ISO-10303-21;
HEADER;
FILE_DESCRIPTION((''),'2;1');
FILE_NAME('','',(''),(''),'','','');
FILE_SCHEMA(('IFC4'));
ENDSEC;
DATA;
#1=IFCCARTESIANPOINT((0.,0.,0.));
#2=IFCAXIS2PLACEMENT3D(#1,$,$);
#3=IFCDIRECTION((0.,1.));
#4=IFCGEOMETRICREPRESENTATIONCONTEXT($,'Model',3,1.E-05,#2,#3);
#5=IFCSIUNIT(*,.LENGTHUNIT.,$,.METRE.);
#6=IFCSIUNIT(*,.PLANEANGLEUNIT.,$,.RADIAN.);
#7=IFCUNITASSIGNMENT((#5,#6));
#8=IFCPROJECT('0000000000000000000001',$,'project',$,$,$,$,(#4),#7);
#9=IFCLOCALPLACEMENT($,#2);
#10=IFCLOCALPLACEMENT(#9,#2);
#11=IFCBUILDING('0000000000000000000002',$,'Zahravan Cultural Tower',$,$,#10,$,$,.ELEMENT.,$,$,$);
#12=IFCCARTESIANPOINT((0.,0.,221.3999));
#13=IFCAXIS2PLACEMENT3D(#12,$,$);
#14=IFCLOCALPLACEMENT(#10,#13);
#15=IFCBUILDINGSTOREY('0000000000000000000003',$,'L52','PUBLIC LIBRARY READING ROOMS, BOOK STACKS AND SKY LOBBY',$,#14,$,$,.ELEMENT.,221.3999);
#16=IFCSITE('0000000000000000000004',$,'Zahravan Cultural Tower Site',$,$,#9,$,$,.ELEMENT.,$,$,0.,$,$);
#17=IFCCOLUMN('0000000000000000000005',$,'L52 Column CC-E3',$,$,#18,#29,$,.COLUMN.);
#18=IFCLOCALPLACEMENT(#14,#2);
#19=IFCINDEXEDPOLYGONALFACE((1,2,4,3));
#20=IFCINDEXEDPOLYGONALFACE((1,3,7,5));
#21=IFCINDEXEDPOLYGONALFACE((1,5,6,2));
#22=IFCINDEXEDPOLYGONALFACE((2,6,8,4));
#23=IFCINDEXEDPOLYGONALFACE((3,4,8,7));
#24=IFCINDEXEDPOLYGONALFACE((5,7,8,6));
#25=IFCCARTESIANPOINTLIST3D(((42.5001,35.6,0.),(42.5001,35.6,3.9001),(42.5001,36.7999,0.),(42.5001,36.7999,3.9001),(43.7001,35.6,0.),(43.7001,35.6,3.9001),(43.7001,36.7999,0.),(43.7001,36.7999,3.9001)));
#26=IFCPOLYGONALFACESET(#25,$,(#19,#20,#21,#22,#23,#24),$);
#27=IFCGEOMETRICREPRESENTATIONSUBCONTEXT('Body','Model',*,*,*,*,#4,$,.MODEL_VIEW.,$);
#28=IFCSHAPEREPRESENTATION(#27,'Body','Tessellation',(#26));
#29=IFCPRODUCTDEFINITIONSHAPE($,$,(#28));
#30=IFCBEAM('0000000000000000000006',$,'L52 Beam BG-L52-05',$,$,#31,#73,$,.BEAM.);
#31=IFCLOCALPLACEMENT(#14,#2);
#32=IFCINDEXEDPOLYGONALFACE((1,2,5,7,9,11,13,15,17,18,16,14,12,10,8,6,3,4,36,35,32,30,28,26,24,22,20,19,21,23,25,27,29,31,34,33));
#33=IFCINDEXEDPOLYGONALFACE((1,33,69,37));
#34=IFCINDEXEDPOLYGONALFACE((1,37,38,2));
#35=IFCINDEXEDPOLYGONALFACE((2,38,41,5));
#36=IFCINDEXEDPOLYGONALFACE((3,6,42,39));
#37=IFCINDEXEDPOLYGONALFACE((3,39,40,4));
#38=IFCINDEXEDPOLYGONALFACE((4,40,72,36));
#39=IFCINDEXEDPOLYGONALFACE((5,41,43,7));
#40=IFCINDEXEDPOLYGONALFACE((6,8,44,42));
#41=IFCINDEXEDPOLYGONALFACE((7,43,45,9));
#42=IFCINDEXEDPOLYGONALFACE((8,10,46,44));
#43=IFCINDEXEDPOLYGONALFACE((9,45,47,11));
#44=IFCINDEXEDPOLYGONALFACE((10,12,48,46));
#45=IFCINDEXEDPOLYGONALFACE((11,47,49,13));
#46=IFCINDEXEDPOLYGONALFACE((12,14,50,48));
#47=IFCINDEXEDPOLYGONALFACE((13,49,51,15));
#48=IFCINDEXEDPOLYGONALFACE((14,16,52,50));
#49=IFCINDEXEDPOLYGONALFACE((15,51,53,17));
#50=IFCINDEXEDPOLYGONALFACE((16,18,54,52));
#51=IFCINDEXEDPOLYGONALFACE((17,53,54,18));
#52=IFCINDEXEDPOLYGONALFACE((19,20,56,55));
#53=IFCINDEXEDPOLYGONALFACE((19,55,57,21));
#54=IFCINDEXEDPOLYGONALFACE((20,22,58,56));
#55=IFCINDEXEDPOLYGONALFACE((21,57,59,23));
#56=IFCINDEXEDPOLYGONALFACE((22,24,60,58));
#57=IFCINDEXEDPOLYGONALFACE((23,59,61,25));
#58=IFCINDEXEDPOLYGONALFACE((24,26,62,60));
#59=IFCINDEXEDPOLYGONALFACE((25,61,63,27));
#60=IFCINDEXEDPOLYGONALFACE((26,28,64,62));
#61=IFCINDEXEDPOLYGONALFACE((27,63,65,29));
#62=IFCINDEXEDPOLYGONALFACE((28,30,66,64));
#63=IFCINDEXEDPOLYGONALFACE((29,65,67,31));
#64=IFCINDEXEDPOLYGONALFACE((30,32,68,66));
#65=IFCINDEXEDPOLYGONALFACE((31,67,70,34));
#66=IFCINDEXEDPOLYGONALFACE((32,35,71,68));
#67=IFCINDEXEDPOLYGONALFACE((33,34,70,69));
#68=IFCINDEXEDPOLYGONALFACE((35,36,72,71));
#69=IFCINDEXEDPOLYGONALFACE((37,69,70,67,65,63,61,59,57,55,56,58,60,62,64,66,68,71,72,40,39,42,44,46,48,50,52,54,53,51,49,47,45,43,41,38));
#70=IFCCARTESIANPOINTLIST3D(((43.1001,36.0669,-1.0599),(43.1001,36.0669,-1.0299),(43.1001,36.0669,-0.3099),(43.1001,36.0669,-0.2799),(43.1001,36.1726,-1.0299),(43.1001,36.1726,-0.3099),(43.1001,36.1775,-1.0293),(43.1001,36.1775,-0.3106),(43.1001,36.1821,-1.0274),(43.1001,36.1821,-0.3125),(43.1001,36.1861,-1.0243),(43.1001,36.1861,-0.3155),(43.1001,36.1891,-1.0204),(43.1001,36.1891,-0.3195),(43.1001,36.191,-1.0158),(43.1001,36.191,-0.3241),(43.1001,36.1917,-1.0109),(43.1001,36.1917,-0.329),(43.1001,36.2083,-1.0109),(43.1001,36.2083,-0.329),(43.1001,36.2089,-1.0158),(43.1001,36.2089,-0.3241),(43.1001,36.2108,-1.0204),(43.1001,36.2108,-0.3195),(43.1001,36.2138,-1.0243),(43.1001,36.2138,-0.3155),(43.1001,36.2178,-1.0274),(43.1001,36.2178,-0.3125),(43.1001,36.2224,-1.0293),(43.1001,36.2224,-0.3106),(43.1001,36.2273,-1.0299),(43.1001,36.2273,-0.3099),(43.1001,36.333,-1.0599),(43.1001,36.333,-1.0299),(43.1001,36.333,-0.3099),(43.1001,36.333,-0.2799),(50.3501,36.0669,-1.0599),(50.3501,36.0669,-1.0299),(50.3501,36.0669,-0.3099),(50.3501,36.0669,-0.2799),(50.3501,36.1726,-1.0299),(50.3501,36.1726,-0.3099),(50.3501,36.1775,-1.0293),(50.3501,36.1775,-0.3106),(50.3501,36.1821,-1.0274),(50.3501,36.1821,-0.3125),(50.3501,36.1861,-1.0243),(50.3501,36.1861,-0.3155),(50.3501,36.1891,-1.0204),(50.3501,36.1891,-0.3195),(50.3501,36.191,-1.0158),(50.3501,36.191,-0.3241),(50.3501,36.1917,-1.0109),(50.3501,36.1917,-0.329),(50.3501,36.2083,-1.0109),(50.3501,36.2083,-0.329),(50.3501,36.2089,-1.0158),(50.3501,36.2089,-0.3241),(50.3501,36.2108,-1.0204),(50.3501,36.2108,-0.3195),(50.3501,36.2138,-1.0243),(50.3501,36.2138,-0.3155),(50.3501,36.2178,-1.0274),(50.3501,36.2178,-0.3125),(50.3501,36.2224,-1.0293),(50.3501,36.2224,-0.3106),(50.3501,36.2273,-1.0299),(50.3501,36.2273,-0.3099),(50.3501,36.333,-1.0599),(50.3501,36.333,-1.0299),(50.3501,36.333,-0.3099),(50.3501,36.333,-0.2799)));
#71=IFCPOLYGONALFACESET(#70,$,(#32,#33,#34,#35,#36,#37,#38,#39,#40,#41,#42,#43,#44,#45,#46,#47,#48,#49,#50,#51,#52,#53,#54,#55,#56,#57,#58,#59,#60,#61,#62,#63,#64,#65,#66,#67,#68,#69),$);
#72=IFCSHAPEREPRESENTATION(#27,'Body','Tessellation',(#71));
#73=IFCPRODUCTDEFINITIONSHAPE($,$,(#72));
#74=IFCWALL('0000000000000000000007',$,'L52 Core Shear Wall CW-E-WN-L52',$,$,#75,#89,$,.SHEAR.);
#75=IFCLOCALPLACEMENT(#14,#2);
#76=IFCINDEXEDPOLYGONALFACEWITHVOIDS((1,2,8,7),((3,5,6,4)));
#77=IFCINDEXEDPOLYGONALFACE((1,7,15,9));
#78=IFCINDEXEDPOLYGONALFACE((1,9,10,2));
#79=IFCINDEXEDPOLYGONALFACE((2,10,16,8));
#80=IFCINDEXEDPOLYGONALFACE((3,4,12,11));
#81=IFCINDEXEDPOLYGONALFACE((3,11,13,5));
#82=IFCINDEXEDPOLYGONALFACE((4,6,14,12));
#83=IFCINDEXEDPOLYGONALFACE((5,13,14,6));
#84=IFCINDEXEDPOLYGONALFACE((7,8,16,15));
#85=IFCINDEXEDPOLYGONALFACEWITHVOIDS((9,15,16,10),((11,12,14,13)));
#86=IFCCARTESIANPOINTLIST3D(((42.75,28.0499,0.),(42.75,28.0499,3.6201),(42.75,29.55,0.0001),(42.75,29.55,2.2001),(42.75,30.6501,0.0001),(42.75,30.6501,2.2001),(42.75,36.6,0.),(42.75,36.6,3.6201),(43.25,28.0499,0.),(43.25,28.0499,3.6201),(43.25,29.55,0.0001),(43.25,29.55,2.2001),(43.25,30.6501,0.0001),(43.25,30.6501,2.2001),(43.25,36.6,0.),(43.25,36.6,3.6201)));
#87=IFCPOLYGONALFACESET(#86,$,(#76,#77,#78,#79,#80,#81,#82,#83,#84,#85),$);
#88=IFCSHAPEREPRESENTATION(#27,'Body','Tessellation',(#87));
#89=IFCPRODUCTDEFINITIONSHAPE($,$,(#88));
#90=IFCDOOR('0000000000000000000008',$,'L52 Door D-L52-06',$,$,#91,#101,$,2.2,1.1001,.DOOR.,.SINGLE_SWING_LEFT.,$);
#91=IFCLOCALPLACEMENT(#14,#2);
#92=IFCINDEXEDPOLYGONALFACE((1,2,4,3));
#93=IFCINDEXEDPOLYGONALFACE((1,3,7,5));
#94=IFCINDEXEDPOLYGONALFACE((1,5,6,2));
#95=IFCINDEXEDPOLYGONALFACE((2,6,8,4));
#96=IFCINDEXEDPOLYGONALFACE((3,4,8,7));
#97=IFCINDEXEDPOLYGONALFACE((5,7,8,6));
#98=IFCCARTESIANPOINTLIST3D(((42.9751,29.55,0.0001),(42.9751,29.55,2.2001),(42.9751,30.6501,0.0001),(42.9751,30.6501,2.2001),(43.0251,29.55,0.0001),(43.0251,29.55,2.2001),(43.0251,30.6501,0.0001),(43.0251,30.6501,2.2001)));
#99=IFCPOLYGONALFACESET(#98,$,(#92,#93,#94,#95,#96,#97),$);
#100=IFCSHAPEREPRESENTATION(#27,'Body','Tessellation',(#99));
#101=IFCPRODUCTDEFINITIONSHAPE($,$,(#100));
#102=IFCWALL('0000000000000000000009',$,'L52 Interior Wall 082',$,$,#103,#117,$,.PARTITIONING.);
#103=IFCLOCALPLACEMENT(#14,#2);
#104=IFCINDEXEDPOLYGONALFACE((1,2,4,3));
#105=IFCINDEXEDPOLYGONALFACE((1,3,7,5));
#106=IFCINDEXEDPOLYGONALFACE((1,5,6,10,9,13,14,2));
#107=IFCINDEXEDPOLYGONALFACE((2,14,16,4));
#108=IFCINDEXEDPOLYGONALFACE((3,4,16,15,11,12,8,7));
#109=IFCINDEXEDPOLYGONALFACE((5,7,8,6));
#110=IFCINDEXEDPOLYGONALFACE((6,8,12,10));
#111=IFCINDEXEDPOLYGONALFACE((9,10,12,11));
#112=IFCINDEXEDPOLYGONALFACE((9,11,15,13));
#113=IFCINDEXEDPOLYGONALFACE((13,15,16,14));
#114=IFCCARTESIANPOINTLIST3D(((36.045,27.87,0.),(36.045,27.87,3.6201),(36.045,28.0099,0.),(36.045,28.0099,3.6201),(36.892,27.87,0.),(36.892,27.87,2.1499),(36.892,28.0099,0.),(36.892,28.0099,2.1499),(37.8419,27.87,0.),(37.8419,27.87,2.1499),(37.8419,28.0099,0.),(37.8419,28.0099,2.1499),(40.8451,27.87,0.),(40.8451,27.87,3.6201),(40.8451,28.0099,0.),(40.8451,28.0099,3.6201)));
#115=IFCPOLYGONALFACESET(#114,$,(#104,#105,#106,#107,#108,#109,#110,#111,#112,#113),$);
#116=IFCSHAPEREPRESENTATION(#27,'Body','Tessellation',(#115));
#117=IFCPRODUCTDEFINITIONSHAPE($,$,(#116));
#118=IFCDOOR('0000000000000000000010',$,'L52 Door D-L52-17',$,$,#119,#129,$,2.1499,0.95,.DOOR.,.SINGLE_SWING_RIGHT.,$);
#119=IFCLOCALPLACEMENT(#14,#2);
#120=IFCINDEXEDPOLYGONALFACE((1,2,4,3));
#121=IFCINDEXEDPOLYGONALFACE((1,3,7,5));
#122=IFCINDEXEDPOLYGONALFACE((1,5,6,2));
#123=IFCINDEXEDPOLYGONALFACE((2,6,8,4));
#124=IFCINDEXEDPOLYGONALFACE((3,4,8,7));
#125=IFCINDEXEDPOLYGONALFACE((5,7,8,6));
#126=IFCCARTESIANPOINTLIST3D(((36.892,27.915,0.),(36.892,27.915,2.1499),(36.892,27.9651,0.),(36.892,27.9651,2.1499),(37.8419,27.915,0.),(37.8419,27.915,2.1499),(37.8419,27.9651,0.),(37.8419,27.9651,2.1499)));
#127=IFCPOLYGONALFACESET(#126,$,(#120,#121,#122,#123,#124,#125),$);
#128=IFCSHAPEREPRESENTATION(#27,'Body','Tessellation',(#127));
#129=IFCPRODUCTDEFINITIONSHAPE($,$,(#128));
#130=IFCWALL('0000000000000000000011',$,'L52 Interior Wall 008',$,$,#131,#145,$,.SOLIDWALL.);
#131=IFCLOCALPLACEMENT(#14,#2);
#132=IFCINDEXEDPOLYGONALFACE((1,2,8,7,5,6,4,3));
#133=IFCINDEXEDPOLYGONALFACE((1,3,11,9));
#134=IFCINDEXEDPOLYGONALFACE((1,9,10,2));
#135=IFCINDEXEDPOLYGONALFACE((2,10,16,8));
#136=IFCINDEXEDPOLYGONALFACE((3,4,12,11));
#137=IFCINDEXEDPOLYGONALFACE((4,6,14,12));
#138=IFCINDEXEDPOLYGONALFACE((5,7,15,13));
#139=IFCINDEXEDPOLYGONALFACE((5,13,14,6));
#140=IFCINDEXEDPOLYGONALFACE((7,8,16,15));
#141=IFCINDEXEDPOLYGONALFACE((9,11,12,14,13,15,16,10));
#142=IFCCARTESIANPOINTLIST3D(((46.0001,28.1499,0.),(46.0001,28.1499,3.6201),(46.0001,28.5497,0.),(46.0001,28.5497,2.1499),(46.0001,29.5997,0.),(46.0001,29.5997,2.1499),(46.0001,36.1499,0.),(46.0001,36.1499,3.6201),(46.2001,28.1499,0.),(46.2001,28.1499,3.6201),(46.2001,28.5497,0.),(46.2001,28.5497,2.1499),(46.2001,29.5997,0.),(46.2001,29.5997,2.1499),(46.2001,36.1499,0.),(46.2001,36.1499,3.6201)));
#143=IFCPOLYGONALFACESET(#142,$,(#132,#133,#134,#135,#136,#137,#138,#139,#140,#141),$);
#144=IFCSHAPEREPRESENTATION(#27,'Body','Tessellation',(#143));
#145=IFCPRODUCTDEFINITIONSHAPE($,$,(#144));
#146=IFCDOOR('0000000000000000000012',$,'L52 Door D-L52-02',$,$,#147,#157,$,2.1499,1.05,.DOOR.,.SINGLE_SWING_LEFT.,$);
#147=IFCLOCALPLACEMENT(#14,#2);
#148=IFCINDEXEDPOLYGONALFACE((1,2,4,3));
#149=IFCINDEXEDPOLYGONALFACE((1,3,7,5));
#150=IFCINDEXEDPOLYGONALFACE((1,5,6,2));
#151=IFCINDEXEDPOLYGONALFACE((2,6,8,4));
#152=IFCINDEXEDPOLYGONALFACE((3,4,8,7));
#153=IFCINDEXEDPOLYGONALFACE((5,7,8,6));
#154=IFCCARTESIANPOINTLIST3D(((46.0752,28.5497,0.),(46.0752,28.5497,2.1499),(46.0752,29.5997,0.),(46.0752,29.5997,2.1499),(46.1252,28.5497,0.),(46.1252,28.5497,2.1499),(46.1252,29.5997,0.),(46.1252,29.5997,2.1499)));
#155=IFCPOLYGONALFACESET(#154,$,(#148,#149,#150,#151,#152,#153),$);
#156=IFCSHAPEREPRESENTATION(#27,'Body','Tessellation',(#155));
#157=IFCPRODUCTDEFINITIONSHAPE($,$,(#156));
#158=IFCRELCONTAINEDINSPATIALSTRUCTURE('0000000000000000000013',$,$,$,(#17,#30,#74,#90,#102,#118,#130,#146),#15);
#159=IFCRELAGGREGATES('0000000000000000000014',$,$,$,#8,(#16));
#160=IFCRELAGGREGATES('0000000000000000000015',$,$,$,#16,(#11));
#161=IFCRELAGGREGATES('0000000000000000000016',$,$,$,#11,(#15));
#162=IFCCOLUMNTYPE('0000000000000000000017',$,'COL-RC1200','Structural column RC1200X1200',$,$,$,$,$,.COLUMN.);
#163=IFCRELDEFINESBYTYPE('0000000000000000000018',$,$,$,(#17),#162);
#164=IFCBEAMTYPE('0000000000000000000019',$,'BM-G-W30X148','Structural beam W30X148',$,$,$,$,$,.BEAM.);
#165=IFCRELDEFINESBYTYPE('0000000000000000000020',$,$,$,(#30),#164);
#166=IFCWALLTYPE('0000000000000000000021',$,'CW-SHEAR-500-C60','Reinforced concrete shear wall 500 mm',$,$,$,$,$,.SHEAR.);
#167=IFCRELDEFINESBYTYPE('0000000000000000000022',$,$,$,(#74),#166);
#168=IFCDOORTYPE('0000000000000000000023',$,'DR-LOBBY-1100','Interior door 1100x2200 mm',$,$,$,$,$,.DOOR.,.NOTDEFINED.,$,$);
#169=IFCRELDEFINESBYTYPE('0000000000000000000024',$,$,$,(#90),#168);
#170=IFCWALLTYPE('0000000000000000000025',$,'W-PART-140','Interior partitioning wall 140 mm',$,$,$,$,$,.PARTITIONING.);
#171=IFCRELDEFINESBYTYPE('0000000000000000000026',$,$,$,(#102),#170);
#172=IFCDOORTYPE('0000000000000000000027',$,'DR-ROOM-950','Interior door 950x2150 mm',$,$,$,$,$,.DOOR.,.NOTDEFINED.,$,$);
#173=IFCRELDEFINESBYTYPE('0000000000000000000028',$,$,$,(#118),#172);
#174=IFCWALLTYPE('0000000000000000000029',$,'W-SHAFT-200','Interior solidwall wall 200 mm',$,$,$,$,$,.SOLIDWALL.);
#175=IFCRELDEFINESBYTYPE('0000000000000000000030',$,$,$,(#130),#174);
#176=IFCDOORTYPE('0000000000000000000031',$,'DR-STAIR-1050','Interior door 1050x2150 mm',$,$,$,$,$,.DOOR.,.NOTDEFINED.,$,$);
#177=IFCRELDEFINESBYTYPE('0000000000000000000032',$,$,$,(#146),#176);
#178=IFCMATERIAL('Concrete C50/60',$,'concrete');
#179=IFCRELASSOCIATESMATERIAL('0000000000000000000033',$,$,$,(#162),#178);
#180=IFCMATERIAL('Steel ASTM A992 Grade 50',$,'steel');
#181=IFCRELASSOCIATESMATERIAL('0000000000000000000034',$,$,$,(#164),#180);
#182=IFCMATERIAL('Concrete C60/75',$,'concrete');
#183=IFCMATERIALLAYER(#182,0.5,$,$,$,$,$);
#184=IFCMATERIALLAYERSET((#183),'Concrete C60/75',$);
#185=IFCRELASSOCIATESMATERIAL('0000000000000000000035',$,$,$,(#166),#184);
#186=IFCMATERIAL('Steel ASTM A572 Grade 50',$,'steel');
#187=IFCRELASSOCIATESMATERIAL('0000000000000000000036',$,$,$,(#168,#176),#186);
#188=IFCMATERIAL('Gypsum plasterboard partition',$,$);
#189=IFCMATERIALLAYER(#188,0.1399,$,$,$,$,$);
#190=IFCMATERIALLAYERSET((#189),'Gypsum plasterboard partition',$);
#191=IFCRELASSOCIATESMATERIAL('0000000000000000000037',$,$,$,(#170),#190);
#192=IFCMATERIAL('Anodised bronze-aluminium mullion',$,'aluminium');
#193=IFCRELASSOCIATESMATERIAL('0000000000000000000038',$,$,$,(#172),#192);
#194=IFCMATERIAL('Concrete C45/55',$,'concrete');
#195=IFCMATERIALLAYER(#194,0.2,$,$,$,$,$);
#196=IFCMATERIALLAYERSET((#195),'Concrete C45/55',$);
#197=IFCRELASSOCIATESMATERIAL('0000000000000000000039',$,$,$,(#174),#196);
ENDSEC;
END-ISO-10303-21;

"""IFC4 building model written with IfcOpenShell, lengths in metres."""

from ifc_helpers import new_model, si_unit, direction, frame, frame_2d, origin, origin_2d, place, context, subcontext, project, spatial, rectangle, i_section, extrude, source, transform, mapped, material, layer, layer_set, material_profile, profile_set, type_object, element, fill, save


model = new_model("IFC4")

# Units and contexts
model_context = context("Model", 3, precision=1e-05, world=origin(), true_north=direction((0.0, 1.0)))
body_context = subcontext(model_context, "Body", "Model", "MODEL_VIEW")
ifc_project = project(units=[si_unit("LENGTHUNIT", "METRE"), si_unit("PLANEANGLEUNIT", "RADIAN")], contexts=[model_context])

# Site, building, storey
site_placement = place(None, origin())
site = spatial("IfcSite", under=ifc_project, at=site_placement, Name="Zahravan Cultural Tower Site", CompositionType="ELEMENT", RefElevation=0.0)
building_placement = place(site_placement, origin())
building = spatial("IfcBuilding", under=site, at=building_placement, Name="Zahravan Cultural Tower", CompositionType="ELEMENT")
storey_placement = place(building_placement, frame((0.0, 0.0, 221.3999)))
storey = spatial("IfcBuildingStorey", under=building, at=storey_placement, Name="L52", Description="PUBLIC LIBRARY READING ROOMS, BOOK STACKS AND SKY LOBBY", CompositionType="ELEMENT", Elevation=221.3999)

# Column
ifc_material_1 = material(Name="Concrete C50/60", Category="concrete")
ifc_material_profile_1 = material_profile(ifc_material_1, rectangle(XDim=1.2, YDim=1.2, at=origin_2d()), Name="RC1200X1200")
ifc_profile_set_1 = profile_set([ifc_material_profile_1], Name="Concrete C50/60")
column_type = type_object("IfcColumnType", Name="COL-RC1200", Description="Structural column RC1200X1200", PredefinedType="COLUMN", material=ifc_profile_set_1)
shared_shape_1 = source(origin(), body_context, "Body", "SweptSolid", [
    extrude(rectangle(XDim=1.2, YDim=1.2, at=origin_2d()), origin(), (0.0, 0.0, 1.0), 3.9001),
])
column_placement = place(storey_placement, frame((43.1001, 36.2, 0.0), z_axis=(0.0, 0.0, 1.0), x_axis=(1.0, 0.0, 0.0)))
element("IfcColumn", 1, at=column_placement, inside=storey, type_object=column_type, Name="L52 Column CC-E3", PredefinedType="COLUMN", context=body_context, shape_type="MappedRepresentation", body=[
    mapped(shared_shape_1, transform((0.0, 0.0, 0.0), x_axis=(1.0, 0.0, 0.0), y_axis=(0.0, 1.0, 0.0), z_axis=(0.0, 0.0, 1.0), scale=1.0)),
])

# Beam
ifc_material_2 = material(Name="Steel ASTM A992 Grade 50", Category="steel")
ifc_material_profile_2 = material_profile(ifc_material_2, i_section(OverallWidth=0.2661, OverallDepth=0.78, WebThickness=0.0166, FlangeThickness=0.03, FilletRadius=0.019, at=origin_2d()), Name="W30X148")
ifc_profile_set_2 = profile_set([ifc_material_profile_2], Name="Steel ASTM A992 Grade 50")
beam_type = type_object("IfcBeamType", Name="BM-G-W30X148", Description="Structural beam W30X148", PredefinedType="BEAM", material=ifc_profile_set_2)
shared_shape_2 = source(origin(), body_context, "Body", "SweptSolid", [
    extrude(i_section(OverallWidth=0.2661, OverallDepth=0.78, WebThickness=0.0166, FlangeThickness=0.03, FilletRadius=0.019, at=origin_2d()), origin(), (0.0, 0.0, 1.0), 7.25),
])
beam_placement = place(storey_placement, frame((43.1001, 36.2, -0.6699), z_axis=(1.0, 0.0, 0.0), x_axis=(0.0, 1.0, 0.0)))
element("IfcBeam", 2, at=beam_placement, inside=storey, type_object=beam_type, Name="L52 Beam BG-L52-05", PredefinedType="BEAM", context=body_context, shape_type="MappedRepresentation", body=[
    mapped(shared_shape_2, transform((0.0, 0.0, 0.0), x_axis=(1.0, 0.0, 0.0), y_axis=(0.0, 1.0, 0.0), z_axis=(0.0, 0.0, 1.0), scale=1.0)),
])

# Walls, openings, doors
ifc_material_3 = material(Name="Concrete C60/75", Category="concrete")
ifc_layer_1 = layer(ifc_material_3, 0.5)
ifc_layer_set_1 = layer_set([ifc_layer_1], Name="Concrete C60/75")
wall_type_1 = type_object("IfcWallType", Name="CW-SHEAR-500-C60", Description="Reinforced concrete shear wall 500 mm", PredefinedType="SHEAR", material=ifc_layer_set_1)
wall_1_placement = place(storey_placement, frame((43.0, 28.05, 0.0), z_axis=(0.0, 0.0, 1.0), x_axis=(0.0, 1.0, 0.0)))
wall_1 = element("IfcWall", 3, at=wall_1_placement, inside=storey, type_object=wall_type_1, Name="L52 Core Shear Wall CW-E-WN-L52", PredefinedType="SHEAR", context=body_context, shape_type="SweptSolid", body=[
    extrude(rectangle(XDim=8.55, YDim=0.5, at=frame_2d((4.2749, 0.0))), origin(), (0.0, 0.0, 1.0), 3.6201),
])
opening_1_placement = place(wall_1_placement, frame((1.5, 0.0, 0.0)))
opening_1 = element("IfcOpeningElement", 4, at=opening_1_placement, cuts=wall_1, PredefinedType="OPENING", context=body_context, shape_type="SweptSolid", body=[
    extrude(rectangle(XDim=1.1001, YDim=2.2, at=frame_2d((0.55, 1.1001))), frame((0.0, 0.26, 0.0), z_axis=(0.0, -1.0, 0.0), x_axis=(1.0, 0.0, 0.0)), (0.0, 0.0, 1.0), 0.52),
])
ifc_material_4 = material(Name="Steel ASTM A572 Grade 50", Category="steel")
door_type_1 = type_object("IfcDoorType", Name="DR-LOBBY-1100", Description="Interior door 1100x2200 mm", OperationType="NOTDEFINED", PredefinedType="DOOR", material=ifc_material_4)
shared_shape_3 = source(origin(), body_context, "Body", "SweptSolid", [
    extrude(rectangle(XDim=1.1001, YDim=2.2, at=frame_2d((0.55, 1.1001))), frame((0.0, 0.0249, 0.0), z_axis=(0.0, -1.0, 0.0), x_axis=(1.0, 0.0, 0.0)), (0.0, 0.0, 1.0), 0.05),
])
door_1_placement = place(opening_1_placement, origin())
door_1 = element("IfcDoor", 5, at=door_1_placement, inside=storey, type_object=door_type_1, Name="L52 Door D-L52-06", OperationType="SINGLE_SWING_LEFT", OverallHeight=2.2, OverallWidth=1.1001, PredefinedType="DOOR", context=body_context, shape_type="MappedRepresentation", body=[
    mapped(shared_shape_3, transform((0.0, 0.0, 0.0), x_axis=(1.0, 0.0, 0.0), y_axis=(0.0, 1.0, 0.0), z_axis=(0.0, 0.0, 1.0), scale=1.0)),
])
fill(opening_1, door_1)
ifc_material_5 = material(Name="Gypsum plasterboard partition")
ifc_layer_2 = layer(ifc_material_5, 0.1399)
ifc_layer_set_2 = layer_set([ifc_layer_2], Name="Gypsum plasterboard partition")
wall_type_2 = type_object("IfcWallType", Name="W-PART-140", Description="Interior partitioning wall 140 mm", PredefinedType="PARTITIONING", material=ifc_layer_set_2)
wall_2_placement = place(storey_placement, frame((40.845, 27.9399, 0.0), z_axis=(0.0, 0.0, 1.0), x_axis=(-1.0, 0.0, 0.0)))
wall_2 = element("IfcWall", 6, at=wall_2_placement, inside=storey, type_object=wall_type_2, Name="L52 Interior Wall 082", PredefinedType="PARTITIONING", context=body_context, shape_type="SweptSolid", body=[
    extrude(rectangle(XDim=4.8, YDim=0.1399, at=frame_2d((2.3999, 0.0))), origin(), (0.0, 0.0, 1.0), 3.6201),
])
opening_2_placement = place(wall_2_placement, frame((3.0029, 0.0, 0.0)))
opening_2 = element("IfcOpeningElement", 7, at=opening_2_placement, cuts=wall_2, PredefinedType="OPENING", context=body_context, shape_type="SweptSolid", body=[
    extrude(rectangle(XDim=0.95, YDim=2.1499, at=frame_2d((0.4751, 1.075))), frame((0.0, 0.0798, 0.0), z_axis=(0.0, -1.0, 0.0), x_axis=(1.0, 0.0, 0.0)), (0.0, 0.0, 1.0), 0.1599),
])
ifc_material_6 = material(Name="Anodised bronze-aluminium mullion", Category="aluminium")
door_type_2 = type_object("IfcDoorType", Name="DR-ROOM-950", Description="Interior door 950x2150 mm", OperationType="NOTDEFINED", PredefinedType="DOOR", material=ifc_material_6)
shared_shape_4 = source(origin(), body_context, "Body", "SweptSolid", [
    extrude(rectangle(XDim=0.95, YDim=2.1499, at=frame_2d((0.4751, 1.075))), frame((0.0, 0.0249, 0.0), z_axis=(0.0, -1.0, 0.0), x_axis=(1.0, 0.0, 0.0)), (0.0, 0.0, 1.0), 0.05),
])
door_2_placement = place(opening_2_placement, origin())
door_2 = element("IfcDoor", 8, at=door_2_placement, inside=storey, type_object=door_type_2, Name="L52 Door D-L52-17", OperationType="SINGLE_SWING_RIGHT", OverallHeight=2.1499, OverallWidth=0.95, PredefinedType="DOOR", context=body_context, shape_type="MappedRepresentation", body=[
    mapped(shared_shape_4, transform((0.0, 0.0, 0.0), x_axis=(1.0, 0.0, 0.0), y_axis=(0.0, 1.0, 0.0), z_axis=(0.0, 0.0, 1.0), scale=1.0)),
])
fill(opening_2, door_2)
ifc_material_7 = material(Name="Concrete C45/55", Category="concrete")
ifc_layer_3 = layer(ifc_material_7, 0.2)
ifc_layer_set_3 = layer_set([ifc_layer_3], Name="Concrete C45/55")
wall_type_3 = type_object("IfcWallType", Name="W-SHAFT-200", Description="Interior solidwall wall 200 mm", PredefinedType="SOLIDWALL", material=ifc_layer_set_3)
wall_3_placement = place(storey_placement, frame((46.1001, 28.1499, 0.0), z_axis=(0.0, 0.0, 1.0), x_axis=(0.0, 1.0, 0.0)))
wall_3 = element("IfcWall", 9, at=wall_3_placement, inside=storey, type_object=wall_type_3, Name="L52 Interior Wall 008", PredefinedType="SOLIDWALL", context=body_context, shape_type="SweptSolid", body=[
    extrude(rectangle(XDim=8.0, YDim=0.2, at=frame_2d((4.0, 0.0))), origin(), (0.0, 0.0, 1.0), 3.6201),
])
opening_3_placement = place(wall_3_placement, frame((0.3999, 0.0, 0.0)))
opening_3 = element("IfcOpeningElement", 10, at=opening_3_placement, cuts=wall_3, PredefinedType="OPENING", context=body_context, shape_type="SweptSolid", body=[
    extrude(rectangle(XDim=1.05, YDim=2.1499, at=frame_2d((0.5249, 1.075))), frame((0.0, 0.1099, 0.0), z_axis=(0.0, -1.0, 0.0), x_axis=(1.0, 0.0, 0.0)), (0.0, 0.0, 1.0), 0.22),
])
door_type_3 = type_object("IfcDoorType", Name="DR-STAIR-1050", Description="Interior door 1050x2150 mm", OperationType="NOTDEFINED", PredefinedType="DOOR", material=ifc_material_4)
shared_shape_5 = source(origin(), body_context, "Body", "SweptSolid", [
    extrude(rectangle(XDim=1.05, YDim=2.1499, at=frame_2d((0.5249, 1.075))), frame((0.0, 0.0249, 0.0), z_axis=(0.0, -1.0, 0.0), x_axis=(1.0, 0.0, 0.0)), (0.0, 0.0, 1.0), 0.05),
])
door_3_placement = place(opening_3_placement, origin())
door_3 = element("IfcDoor", 11, at=door_3_placement, inside=storey, type_object=door_type_3, Name="L52 Door D-L52-02", OperationType="SINGLE_SWING_LEFT", OverallHeight=2.1499, OverallWidth=1.05, PredefinedType="DOOR", context=body_context, shape_type="MappedRepresentation", body=[
    mapped(shared_shape_5, transform((0.0, 0.0, 0.0), x_axis=(1.0, 0.0, 0.0), y_axis=(0.0, 1.0, 0.0), z_axis=(0.0, 0.0, 1.0), scale=1.0)),
])
fill(opening_3, door_3)

save(model, "model.ifc")
